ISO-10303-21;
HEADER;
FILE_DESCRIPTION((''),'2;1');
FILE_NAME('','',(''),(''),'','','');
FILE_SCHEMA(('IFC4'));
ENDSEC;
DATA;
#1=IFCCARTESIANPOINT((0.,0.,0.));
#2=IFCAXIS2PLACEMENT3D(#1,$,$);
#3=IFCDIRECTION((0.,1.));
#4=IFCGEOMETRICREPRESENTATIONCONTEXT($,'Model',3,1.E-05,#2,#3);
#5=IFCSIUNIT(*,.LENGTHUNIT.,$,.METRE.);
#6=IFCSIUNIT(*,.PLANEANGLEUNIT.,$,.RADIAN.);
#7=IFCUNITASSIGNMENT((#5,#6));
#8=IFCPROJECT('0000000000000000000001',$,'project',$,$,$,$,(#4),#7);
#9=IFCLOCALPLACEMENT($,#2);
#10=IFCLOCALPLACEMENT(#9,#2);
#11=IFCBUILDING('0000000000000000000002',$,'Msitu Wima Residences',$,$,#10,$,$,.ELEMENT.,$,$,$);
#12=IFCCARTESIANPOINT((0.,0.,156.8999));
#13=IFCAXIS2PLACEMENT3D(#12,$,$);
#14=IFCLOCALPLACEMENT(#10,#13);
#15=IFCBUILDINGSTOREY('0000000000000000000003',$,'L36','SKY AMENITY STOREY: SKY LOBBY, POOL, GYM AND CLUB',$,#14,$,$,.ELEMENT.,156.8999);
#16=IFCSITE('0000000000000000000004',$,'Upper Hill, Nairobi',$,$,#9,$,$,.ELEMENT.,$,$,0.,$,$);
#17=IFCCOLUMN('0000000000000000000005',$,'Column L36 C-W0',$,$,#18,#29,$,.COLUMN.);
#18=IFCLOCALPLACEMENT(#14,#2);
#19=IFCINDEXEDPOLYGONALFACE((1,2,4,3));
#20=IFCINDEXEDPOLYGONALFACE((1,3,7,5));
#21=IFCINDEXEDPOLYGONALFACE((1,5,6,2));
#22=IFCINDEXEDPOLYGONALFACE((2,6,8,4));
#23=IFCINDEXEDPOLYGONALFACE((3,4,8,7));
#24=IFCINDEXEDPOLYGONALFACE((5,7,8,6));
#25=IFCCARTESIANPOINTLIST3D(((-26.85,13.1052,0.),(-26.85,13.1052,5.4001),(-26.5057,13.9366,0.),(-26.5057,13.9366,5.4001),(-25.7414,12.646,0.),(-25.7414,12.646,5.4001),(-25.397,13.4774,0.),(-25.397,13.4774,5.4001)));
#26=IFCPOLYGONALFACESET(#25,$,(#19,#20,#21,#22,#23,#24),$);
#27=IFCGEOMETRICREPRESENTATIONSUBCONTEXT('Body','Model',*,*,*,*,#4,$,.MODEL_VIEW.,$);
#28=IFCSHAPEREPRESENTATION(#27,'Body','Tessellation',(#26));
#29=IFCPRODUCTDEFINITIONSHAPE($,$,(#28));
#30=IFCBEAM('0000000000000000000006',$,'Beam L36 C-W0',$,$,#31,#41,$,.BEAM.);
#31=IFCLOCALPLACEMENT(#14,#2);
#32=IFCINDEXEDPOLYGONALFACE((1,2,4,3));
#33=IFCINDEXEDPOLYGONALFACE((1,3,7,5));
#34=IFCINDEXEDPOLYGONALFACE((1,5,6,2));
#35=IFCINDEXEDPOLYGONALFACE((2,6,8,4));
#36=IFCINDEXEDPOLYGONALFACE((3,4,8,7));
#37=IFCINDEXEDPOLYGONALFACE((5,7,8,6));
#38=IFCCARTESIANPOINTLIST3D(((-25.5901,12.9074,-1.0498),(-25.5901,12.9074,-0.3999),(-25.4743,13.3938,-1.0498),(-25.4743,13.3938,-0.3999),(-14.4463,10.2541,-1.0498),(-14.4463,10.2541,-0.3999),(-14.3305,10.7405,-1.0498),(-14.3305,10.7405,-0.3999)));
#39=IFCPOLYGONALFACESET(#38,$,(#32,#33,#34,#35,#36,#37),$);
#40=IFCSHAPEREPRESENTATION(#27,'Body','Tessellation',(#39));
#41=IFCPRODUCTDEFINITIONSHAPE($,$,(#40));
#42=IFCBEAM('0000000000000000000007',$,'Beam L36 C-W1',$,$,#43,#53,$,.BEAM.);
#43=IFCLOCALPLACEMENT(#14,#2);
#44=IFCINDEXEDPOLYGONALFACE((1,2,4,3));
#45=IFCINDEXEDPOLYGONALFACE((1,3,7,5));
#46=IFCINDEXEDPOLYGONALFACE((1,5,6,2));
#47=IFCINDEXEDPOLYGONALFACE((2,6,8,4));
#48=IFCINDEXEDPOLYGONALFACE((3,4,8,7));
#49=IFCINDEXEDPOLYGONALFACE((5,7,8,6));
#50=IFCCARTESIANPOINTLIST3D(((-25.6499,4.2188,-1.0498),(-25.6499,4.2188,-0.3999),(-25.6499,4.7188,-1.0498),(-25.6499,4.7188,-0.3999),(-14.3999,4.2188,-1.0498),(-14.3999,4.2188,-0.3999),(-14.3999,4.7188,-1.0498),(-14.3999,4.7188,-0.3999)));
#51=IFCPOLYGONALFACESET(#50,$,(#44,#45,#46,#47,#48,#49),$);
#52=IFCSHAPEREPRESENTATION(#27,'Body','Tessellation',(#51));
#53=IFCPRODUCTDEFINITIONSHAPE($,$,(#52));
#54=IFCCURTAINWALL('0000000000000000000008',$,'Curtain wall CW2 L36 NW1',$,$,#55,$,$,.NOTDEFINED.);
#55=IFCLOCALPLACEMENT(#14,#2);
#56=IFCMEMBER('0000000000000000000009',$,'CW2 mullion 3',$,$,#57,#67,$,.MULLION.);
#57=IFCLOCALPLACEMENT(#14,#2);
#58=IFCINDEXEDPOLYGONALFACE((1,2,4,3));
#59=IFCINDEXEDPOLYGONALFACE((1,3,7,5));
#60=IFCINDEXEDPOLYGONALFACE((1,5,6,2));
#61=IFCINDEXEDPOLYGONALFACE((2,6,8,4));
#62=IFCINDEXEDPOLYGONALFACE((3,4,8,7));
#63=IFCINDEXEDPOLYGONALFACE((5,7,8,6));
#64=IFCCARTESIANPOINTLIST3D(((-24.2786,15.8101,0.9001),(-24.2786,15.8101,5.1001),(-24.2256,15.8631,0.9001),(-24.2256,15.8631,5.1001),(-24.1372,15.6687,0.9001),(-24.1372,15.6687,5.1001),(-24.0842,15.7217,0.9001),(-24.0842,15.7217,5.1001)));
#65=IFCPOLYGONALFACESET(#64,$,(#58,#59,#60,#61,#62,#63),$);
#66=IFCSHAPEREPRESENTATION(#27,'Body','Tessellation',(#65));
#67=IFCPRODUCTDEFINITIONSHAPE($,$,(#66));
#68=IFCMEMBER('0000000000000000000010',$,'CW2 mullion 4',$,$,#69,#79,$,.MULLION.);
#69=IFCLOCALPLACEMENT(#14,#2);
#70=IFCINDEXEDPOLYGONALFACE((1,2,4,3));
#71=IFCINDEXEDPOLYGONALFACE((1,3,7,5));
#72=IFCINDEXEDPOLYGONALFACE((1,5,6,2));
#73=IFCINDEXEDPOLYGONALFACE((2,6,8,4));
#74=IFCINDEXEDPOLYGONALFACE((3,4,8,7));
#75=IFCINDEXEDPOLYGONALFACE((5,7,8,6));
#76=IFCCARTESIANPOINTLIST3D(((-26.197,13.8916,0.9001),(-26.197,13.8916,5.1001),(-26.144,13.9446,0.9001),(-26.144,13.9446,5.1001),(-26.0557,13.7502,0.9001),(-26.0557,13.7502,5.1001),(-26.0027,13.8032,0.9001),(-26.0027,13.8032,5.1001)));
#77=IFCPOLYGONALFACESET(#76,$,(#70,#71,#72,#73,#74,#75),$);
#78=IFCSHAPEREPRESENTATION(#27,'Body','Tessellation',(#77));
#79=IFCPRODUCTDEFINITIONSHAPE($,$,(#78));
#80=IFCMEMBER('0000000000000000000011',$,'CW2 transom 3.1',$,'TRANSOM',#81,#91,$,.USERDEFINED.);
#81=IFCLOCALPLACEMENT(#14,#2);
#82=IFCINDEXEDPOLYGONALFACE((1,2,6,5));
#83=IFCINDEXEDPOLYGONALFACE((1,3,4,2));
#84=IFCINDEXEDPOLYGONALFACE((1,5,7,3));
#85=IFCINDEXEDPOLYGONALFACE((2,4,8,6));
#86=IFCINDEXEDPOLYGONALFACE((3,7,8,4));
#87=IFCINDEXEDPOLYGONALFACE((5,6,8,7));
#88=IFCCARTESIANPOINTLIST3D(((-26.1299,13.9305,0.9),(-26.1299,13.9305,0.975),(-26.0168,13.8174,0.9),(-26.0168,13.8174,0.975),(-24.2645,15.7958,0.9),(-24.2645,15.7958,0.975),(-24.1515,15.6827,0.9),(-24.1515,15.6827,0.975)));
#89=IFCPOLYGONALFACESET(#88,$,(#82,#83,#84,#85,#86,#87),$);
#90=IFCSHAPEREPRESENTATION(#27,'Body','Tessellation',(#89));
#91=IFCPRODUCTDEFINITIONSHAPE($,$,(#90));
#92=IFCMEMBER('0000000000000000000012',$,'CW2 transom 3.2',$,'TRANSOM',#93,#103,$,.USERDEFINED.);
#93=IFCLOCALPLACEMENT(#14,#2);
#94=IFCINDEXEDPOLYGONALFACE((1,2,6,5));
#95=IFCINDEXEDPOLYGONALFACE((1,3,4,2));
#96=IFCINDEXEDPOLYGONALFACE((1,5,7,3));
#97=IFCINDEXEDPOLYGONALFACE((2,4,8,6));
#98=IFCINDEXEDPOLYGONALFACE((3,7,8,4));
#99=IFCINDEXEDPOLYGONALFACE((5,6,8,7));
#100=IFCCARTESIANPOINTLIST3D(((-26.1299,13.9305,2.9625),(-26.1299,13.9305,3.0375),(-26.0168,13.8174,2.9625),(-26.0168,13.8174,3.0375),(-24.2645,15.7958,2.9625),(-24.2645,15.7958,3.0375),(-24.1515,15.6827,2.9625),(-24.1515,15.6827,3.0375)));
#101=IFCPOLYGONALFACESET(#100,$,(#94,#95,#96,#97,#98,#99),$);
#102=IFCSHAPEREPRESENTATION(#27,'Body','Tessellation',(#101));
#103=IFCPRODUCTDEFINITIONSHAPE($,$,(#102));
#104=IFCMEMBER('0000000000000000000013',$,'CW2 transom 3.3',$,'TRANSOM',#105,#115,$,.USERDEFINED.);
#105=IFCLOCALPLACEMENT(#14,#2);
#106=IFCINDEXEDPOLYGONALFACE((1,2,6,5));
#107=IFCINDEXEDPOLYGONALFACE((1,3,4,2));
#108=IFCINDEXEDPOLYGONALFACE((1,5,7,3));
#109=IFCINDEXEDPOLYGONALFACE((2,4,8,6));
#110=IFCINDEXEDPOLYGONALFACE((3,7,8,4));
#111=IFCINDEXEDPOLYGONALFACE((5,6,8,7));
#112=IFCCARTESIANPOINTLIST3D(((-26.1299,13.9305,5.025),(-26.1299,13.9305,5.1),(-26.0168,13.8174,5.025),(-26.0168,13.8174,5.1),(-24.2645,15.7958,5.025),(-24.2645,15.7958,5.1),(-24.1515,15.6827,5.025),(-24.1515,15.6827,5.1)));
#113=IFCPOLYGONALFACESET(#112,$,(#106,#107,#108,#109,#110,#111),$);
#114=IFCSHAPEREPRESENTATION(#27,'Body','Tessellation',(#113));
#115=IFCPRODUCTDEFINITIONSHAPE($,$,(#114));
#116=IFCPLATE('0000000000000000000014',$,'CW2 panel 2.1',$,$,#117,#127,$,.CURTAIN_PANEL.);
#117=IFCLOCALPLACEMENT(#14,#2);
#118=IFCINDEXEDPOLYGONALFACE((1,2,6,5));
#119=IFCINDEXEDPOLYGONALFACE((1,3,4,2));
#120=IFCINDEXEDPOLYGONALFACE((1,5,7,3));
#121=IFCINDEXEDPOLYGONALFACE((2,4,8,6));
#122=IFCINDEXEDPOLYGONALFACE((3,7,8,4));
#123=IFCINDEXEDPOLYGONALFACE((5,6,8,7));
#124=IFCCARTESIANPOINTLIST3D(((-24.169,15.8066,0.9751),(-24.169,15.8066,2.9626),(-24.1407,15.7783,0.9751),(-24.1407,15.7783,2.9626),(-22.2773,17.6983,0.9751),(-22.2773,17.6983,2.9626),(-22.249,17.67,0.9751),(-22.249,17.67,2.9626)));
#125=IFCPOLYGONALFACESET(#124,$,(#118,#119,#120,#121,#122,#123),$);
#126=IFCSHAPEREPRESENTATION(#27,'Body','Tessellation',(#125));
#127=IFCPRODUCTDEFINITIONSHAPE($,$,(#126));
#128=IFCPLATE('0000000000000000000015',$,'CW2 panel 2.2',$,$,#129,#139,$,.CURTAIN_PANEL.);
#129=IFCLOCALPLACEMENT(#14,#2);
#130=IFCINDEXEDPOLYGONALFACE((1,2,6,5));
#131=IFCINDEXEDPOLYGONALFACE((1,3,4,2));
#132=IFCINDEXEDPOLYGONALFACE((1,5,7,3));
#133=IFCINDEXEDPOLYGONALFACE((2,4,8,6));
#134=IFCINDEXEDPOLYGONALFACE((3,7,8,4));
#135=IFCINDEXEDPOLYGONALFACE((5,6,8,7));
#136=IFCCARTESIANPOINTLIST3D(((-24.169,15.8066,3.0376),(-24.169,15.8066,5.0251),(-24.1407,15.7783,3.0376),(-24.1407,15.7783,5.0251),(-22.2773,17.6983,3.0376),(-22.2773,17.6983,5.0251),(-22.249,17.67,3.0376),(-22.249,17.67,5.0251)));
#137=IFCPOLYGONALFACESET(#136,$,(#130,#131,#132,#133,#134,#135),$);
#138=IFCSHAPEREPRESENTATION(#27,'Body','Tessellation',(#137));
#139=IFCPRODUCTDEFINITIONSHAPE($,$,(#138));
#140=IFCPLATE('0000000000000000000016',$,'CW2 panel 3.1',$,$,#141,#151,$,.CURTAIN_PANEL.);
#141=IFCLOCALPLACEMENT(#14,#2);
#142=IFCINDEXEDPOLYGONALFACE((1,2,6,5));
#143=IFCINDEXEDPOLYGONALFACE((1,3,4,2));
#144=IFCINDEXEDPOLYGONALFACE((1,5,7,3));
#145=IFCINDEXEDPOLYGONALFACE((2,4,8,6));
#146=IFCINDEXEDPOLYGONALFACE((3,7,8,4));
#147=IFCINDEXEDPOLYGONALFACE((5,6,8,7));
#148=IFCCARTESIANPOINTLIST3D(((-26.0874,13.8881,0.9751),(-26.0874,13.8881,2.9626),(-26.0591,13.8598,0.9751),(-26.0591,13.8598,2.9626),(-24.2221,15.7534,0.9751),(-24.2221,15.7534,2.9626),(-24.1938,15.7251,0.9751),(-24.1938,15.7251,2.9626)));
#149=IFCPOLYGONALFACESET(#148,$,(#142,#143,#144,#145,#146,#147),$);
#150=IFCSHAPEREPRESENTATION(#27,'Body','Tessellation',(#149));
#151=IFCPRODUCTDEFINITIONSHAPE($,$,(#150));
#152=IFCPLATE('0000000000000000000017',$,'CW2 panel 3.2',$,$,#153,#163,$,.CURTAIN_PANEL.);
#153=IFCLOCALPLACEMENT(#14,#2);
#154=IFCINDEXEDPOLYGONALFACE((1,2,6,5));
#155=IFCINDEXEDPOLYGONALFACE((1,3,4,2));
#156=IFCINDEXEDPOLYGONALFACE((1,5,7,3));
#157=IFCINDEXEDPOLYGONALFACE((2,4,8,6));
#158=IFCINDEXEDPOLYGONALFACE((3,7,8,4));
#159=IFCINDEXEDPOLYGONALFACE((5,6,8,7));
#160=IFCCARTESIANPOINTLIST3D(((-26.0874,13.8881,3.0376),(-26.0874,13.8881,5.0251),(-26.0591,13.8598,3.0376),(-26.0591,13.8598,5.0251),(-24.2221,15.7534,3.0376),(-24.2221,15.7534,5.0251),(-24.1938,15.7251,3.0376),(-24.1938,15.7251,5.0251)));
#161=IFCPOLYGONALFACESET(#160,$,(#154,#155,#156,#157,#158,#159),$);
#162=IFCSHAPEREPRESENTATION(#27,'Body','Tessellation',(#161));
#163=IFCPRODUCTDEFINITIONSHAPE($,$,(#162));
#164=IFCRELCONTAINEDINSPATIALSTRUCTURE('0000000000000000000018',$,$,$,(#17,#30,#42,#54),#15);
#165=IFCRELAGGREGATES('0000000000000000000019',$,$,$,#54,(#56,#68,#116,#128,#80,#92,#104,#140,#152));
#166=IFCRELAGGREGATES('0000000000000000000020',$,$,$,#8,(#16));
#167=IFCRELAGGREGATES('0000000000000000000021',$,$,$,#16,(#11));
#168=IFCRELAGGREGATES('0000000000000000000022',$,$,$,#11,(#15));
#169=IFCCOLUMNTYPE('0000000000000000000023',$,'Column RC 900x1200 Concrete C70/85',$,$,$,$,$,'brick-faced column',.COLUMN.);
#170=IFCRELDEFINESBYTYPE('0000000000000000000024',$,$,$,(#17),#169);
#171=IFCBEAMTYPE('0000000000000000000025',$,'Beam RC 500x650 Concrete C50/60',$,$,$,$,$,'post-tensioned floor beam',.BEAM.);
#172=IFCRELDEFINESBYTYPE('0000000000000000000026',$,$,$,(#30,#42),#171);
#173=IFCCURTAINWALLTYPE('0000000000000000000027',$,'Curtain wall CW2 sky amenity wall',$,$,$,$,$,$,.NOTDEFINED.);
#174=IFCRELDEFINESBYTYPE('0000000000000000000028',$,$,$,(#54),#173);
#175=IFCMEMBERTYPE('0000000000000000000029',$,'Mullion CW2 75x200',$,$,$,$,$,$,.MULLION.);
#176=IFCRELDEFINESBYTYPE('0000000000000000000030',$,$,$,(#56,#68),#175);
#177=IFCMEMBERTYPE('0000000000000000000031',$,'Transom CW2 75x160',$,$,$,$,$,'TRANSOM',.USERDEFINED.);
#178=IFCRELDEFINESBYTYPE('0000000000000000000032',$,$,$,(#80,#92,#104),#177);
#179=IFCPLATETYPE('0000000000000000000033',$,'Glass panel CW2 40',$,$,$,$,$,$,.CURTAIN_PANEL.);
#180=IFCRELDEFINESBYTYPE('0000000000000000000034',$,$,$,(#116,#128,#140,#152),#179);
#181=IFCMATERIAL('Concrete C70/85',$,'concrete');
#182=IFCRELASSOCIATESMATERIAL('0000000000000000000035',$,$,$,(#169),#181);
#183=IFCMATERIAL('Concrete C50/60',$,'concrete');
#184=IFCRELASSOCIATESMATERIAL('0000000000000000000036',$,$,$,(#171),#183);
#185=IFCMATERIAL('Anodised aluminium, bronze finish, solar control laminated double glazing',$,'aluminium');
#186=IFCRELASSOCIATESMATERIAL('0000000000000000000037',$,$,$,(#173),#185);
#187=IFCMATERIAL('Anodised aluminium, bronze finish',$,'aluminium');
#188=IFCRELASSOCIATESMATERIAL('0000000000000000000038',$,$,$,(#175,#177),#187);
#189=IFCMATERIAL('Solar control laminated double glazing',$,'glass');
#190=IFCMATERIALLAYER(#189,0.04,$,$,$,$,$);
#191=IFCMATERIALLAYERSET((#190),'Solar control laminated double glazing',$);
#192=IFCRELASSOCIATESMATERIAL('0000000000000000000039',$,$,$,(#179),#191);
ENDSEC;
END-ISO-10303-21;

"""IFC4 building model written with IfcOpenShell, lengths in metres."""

from ifc_helpers import new_model, si_unit, direction, frame, origin, origin_2d, place, context, subcontext, project, spatial, rectangle, extrude, material, layer, layer_set, material_profile, profile_set, type_object, element, aggregate, save


model = new_model("IFC4")

# Units and contexts
model_context = context("Model", 3, precision=1e-05, world=origin(), true_north=direction((0.0, 1.0)))
body_context = subcontext(model_context, "Body", "Model", "MODEL_VIEW")
ifc_project = project(units=[si_unit("LENGTHUNIT", "METRE"), si_unit("PLANEANGLEUNIT", "RADIAN")], contexts=[model_context])

# Site, building, storey
site_placement = place(None, origin())
site = spatial("IfcSite", under=ifc_project, at=site_placement, Name="Upper Hill, Nairobi", CompositionType="ELEMENT", RefElevation=0.0)
building_placement = place(site_placement, origin())
building = spatial("IfcBuilding", under=site, at=building_placement, Name="Msitu Wima Residences", CompositionType="ELEMENT")
storey_placement = place(building_placement, frame((0.0, 0.0, 156.8999)))
storey = spatial("IfcBuildingStorey", under=building, at=storey_placement, Name="L36", Description="SKY AMENITY STOREY: SKY LOBBY, POOL, GYM AND CLUB", CompositionType="ELEMENT", Elevation=156.8999)

# Column
ifc_material_1 = material(Name="Concrete C70/85", Category="concrete")
ifc_material_profile_1 = material_profile(ifc_material_1, rectangle(XDim=0.8999, YDim=1.2, at=origin_2d()), Name="RC 900x1200")
ifc_profile_set_1 = profile_set([ifc_material_profile_1], Name="Concrete C70/85")
column_type = type_object("IfcColumnType", Name="Column RC 900x1200 Concrete C70/85", ElementType="brick-faced column", PredefinedType="COLUMN", material=ifc_profile_set_1)
column_placement = place(storey_placement, frame((-26.1235, 13.2913, 0.0), z_axis=(0.0, 0.0, 1.0), x_axis=(-0.382683, -0.92388, 0.0)))
element("IfcColumn", 1, at=column_placement, inside=storey, type_object=column_type, Name="Column L36 C-W0", PredefinedType="COLUMN", context=body_context, shape_type="SweptSolid", body=[
    extrude(rectangle(XDim=0.8999, YDim=1.2, at=origin_2d()), origin(), (0.0, 0.0, 1.0), 5.4001),
])

# Beams
ifc_material_2 = material(Name="Concrete C50/60", Category="concrete")
ifc_material_profile_2 = material_profile(ifc_material_2, rectangle(XDim=0.5, YDim=0.6499, at=origin_2d()), Name="RC 500x650")
ifc_profile_set_2 = profile_set([ifc_material_profile_2], Name="Concrete C50/60")
beam_type = type_object("IfcBeamType", Name="Beam RC 500x650 Concrete C50/60", ElementType="post-tensioned floor beam", PredefinedType="BEAM", material=ifc_profile_set_2)
beam_1_placement = place(storey_placement, frame((-25.5322, 13.1506, -0.7249), z_axis=(0.972806, -0.231623, 0.0), x_axis=(0.231623, 0.972806, 0.0)))
element("IfcBeam", 2, at=beam_1_placement, inside=storey, type_object=beam_type, Name="Beam L36 C-W0", PredefinedType="BEAM", context=body_context, shape_type="SweptSolid", body=[
    extrude(rectangle(XDim=0.5, YDim=0.6499, at=origin_2d()), origin(), (0.0, 0.0, 1.0), 11.4553),
])
beam_2_placement = place(storey_placement, frame((-25.6499, 4.4688, -0.7249), z_axis=(1.0, 0.0, 0.0), x_axis=(0.0, 1.0, 0.0)))
element("IfcBeam", 3, at=beam_2_placement, inside=storey, type_object=beam_type, Name="Beam L36 C-W1", PredefinedType="BEAM", context=body_context, shape_type="SweptSolid", body=[
    extrude(rectangle(XDim=0.5, YDim=0.6499, at=origin_2d()), origin(), (0.0, 0.0, 1.0), 11.25),
])

# Curtain wall, members, plates
ifc_material_3 = material(Name="Anodised aluminium, bronze finish, solar control laminated double glazing", Category="aluminium")
curtain_wall_type = type_object("IfcCurtainWallType", Name="Curtain wall CW2 sky amenity wall", PredefinedType="NOTDEFINED", material=ifc_material_3)
curtain_wall_placement = place(storey_placement, origin())
curtain_wall = element("IfcCurtainWall", 4, at=curtain_wall_placement, inside=storey, type_object=curtain_wall_type, Name="Curtain wall CW2 L36 NW1", PredefinedType="NOTDEFINED")
ifc_material_4 = material(Name="Anodised aluminium, bronze finish", Category="aluminium")
ifc_material_profile_3 = material_profile(ifc_material_4, rectangle(XDim=0.2, YDim=0.075, at=origin_2d()), Name="Mullion 75x200")
ifc_profile_set_3 = profile_set([ifc_material_profile_3], Name="Anodised aluminium, bronze finish")
member_type_1 = type_object("IfcMemberType", Name="Mullion CW2 75x200", PredefinedType="MULLION", material=ifc_profile_set_3)
member_1_placement = place(storey_placement, frame((-24.1814, 15.7659, 0.9001), z_axis=(0.0, 0.0, 1.0), x_axis=(0.707107, -0.707107, 0.0)))
member_1 = element("IfcMember", 5, at=member_1_placement, type_object=member_type_1, Name="CW2 mullion 3", PredefinedType="MULLION", context=body_context, shape_type="SweptSolid", body=[
    extrude(rectangle(XDim=0.2, YDim=0.075, at=origin_2d()), origin(), (0.0, 0.0, 1.0), 4.2),
])
member_2_placement = place(storey_placement, frame((-26.0999, 13.8474, 0.9001), z_axis=(0.0, 0.0, 1.0), x_axis=(0.707107, -0.707107, 0.0)))
member_2 = element("IfcMember", 6, at=member_2_placement, type_object=member_type_1, Name="CW2 mullion 4", PredefinedType="MULLION", context=body_context, shape_type="SweptSolid", body=[
    extrude(rectangle(XDim=0.2, YDim=0.075, at=origin_2d()), origin(), (0.0, 0.0, 1.0), 4.2),
])
ifc_material_profile_4 = material_profile(ifc_material_4, rectangle(XDim=0.1599, YDim=0.075, at=origin_2d()), Name="Transom 75x160")
ifc_profile_set_4 = profile_set([ifc_material_profile_4], Name="Anodised aluminium, bronze finish")
member_type_2 = type_object("IfcMemberType", Name="Transom CW2 75x160", ElementType="TRANSOM", PredefinedType="USERDEFINED", material=ifc_profile_set_4)
member_3_placement = place(storey_placement, frame((-24.208, 15.7393, 0.9375), z_axis=(-0.707107, -0.707107, 0.0), x_axis=(0.707107, -0.707107, 0.0)))
member_3 = element("IfcMember", 7, at=member_3_placement, type_object=member_type_2, Name="CW2 transom 3.1", ObjectType="TRANSOM", PredefinedType="USERDEFINED", context=body_context, shape_type="SweptSolid", body=[
    extrude(rectangle(XDim=0.1599, YDim=0.075, at=origin_2d()), origin(), (0.0, 0.0, 1.0), 2.6379),
])
member_4_placement = place(storey_placement, frame((-24.208, 15.7393, 3.0), z_axis=(-0.707107, -0.707107, 0.0), x_axis=(0.707107, -0.707107, 0.0)))
member_4 = element("IfcMember", 8, at=member_4_placement, type_object=member_type_2, Name="CW2 transom 3.2", ObjectType="TRANSOM", PredefinedType="USERDEFINED", context=body_context, shape_type="SweptSolid", body=[
    extrude(rectangle(XDim=0.1599, YDim=0.075, at=origin_2d()), origin(), (0.0, 0.0, 1.0), 2.6379),
])
member_5_placement = place(storey_placement, frame((-24.208, 15.7393, 5.0625), z_axis=(-0.707107, -0.707107, 0.0), x_axis=(0.707107, -0.707107, 0.0)))
member_5 = element("IfcMember", 9, at=member_5_placement, type_object=member_type_2, Name="CW2 transom 3.3", ObjectType="TRANSOM", PredefinedType="USERDEFINED", context=body_context, shape_type="SweptSolid", body=[
    extrude(rectangle(XDim=0.1599, YDim=0.075, at=origin_2d()), origin(), (0.0, 0.0, 1.0), 2.6379),
])
ifc_material_5 = material(Name="Solar control laminated double glazing", Category="glass")
ifc_layer_1 = layer(ifc_material_5, 0.04)
ifc_layer_set_1 = layer_set([ifc_layer_1], Name="Solar control laminated double glazing")
plate_type = type_object("IfcPlateType", Name="Glass panel CW2 40", PredefinedType="CURTAIN_PANEL", material=ifc_layer_set_1)
plate_1_placement = place(storey_placement, frame((-23.209, 16.7383, 0.9751), z_axis=(0.0, 0.0, 1.0), x_axis=(-0.707107, -0.707107, 0.0)))
plate_1 = element("IfcPlate", 10, at=plate_1_placement, type_object=plate_type, Name="CW2 panel 2.1", PredefinedType="CURTAIN_PANEL", context=body_context, shape_type="SweptSolid", body=[
    extrude(rectangle(XDim=2.6753, YDim=0.04, at=origin_2d()), origin(), (0.0, 0.0, 1.0), 1.9875),
])
plate_2_placement = place(storey_placement, frame((-23.209, 16.7383, 3.0376), z_axis=(0.0, 0.0, 1.0), x_axis=(-0.707107, -0.707107, 0.0)))
plate_2 = element("IfcPlate", 11, at=plate_2_placement, type_object=plate_type, Name="CW2 panel 2.2", PredefinedType="CURTAIN_PANEL", context=body_context, shape_type="SweptSolid", body=[
    extrude(rectangle(XDim=2.6753, YDim=0.04, at=origin_2d()), origin(), (0.0, 0.0, 1.0), 1.9875),
])
plate_3_placement = place(storey_placement, frame((-25.1406, 14.8066, 0.9751), z_axis=(0.0, 0.0, 1.0), x_axis=(-0.707107, -0.707107, 0.0)))
plate_3 = element("IfcPlate", 12, at=plate_3_placement, type_object=plate_type, Name="CW2 panel 3.1", PredefinedType="CURTAIN_PANEL", context=body_context, shape_type="SweptSolid", body=[
    extrude(rectangle(XDim=2.6379, YDim=0.04, at=origin_2d()), origin(), (0.0, 0.0, 1.0), 1.9875),
])
plate_4_placement = place(storey_placement, frame((-25.1406, 14.8066, 3.0376), z_axis=(0.0, 0.0, 1.0), x_axis=(-0.707107, -0.707107, 0.0)))
plate_4 = element("IfcPlate", 13, at=plate_4_placement, type_object=plate_type, Name="CW2 panel 3.2", PredefinedType="CURTAIN_PANEL", context=body_context, shape_type="SweptSolid", body=[
    extrude(rectangle(XDim=2.6379, YDim=0.04, at=origin_2d()), origin(), (0.0, 0.0, 1.0), 1.9875),
])
aggregate(curtain_wall, [member_1, member_2, plate_1, plate_2, member_3, member_4, member_5, plate_3, plate_4])

save(model, "model.ifc")
